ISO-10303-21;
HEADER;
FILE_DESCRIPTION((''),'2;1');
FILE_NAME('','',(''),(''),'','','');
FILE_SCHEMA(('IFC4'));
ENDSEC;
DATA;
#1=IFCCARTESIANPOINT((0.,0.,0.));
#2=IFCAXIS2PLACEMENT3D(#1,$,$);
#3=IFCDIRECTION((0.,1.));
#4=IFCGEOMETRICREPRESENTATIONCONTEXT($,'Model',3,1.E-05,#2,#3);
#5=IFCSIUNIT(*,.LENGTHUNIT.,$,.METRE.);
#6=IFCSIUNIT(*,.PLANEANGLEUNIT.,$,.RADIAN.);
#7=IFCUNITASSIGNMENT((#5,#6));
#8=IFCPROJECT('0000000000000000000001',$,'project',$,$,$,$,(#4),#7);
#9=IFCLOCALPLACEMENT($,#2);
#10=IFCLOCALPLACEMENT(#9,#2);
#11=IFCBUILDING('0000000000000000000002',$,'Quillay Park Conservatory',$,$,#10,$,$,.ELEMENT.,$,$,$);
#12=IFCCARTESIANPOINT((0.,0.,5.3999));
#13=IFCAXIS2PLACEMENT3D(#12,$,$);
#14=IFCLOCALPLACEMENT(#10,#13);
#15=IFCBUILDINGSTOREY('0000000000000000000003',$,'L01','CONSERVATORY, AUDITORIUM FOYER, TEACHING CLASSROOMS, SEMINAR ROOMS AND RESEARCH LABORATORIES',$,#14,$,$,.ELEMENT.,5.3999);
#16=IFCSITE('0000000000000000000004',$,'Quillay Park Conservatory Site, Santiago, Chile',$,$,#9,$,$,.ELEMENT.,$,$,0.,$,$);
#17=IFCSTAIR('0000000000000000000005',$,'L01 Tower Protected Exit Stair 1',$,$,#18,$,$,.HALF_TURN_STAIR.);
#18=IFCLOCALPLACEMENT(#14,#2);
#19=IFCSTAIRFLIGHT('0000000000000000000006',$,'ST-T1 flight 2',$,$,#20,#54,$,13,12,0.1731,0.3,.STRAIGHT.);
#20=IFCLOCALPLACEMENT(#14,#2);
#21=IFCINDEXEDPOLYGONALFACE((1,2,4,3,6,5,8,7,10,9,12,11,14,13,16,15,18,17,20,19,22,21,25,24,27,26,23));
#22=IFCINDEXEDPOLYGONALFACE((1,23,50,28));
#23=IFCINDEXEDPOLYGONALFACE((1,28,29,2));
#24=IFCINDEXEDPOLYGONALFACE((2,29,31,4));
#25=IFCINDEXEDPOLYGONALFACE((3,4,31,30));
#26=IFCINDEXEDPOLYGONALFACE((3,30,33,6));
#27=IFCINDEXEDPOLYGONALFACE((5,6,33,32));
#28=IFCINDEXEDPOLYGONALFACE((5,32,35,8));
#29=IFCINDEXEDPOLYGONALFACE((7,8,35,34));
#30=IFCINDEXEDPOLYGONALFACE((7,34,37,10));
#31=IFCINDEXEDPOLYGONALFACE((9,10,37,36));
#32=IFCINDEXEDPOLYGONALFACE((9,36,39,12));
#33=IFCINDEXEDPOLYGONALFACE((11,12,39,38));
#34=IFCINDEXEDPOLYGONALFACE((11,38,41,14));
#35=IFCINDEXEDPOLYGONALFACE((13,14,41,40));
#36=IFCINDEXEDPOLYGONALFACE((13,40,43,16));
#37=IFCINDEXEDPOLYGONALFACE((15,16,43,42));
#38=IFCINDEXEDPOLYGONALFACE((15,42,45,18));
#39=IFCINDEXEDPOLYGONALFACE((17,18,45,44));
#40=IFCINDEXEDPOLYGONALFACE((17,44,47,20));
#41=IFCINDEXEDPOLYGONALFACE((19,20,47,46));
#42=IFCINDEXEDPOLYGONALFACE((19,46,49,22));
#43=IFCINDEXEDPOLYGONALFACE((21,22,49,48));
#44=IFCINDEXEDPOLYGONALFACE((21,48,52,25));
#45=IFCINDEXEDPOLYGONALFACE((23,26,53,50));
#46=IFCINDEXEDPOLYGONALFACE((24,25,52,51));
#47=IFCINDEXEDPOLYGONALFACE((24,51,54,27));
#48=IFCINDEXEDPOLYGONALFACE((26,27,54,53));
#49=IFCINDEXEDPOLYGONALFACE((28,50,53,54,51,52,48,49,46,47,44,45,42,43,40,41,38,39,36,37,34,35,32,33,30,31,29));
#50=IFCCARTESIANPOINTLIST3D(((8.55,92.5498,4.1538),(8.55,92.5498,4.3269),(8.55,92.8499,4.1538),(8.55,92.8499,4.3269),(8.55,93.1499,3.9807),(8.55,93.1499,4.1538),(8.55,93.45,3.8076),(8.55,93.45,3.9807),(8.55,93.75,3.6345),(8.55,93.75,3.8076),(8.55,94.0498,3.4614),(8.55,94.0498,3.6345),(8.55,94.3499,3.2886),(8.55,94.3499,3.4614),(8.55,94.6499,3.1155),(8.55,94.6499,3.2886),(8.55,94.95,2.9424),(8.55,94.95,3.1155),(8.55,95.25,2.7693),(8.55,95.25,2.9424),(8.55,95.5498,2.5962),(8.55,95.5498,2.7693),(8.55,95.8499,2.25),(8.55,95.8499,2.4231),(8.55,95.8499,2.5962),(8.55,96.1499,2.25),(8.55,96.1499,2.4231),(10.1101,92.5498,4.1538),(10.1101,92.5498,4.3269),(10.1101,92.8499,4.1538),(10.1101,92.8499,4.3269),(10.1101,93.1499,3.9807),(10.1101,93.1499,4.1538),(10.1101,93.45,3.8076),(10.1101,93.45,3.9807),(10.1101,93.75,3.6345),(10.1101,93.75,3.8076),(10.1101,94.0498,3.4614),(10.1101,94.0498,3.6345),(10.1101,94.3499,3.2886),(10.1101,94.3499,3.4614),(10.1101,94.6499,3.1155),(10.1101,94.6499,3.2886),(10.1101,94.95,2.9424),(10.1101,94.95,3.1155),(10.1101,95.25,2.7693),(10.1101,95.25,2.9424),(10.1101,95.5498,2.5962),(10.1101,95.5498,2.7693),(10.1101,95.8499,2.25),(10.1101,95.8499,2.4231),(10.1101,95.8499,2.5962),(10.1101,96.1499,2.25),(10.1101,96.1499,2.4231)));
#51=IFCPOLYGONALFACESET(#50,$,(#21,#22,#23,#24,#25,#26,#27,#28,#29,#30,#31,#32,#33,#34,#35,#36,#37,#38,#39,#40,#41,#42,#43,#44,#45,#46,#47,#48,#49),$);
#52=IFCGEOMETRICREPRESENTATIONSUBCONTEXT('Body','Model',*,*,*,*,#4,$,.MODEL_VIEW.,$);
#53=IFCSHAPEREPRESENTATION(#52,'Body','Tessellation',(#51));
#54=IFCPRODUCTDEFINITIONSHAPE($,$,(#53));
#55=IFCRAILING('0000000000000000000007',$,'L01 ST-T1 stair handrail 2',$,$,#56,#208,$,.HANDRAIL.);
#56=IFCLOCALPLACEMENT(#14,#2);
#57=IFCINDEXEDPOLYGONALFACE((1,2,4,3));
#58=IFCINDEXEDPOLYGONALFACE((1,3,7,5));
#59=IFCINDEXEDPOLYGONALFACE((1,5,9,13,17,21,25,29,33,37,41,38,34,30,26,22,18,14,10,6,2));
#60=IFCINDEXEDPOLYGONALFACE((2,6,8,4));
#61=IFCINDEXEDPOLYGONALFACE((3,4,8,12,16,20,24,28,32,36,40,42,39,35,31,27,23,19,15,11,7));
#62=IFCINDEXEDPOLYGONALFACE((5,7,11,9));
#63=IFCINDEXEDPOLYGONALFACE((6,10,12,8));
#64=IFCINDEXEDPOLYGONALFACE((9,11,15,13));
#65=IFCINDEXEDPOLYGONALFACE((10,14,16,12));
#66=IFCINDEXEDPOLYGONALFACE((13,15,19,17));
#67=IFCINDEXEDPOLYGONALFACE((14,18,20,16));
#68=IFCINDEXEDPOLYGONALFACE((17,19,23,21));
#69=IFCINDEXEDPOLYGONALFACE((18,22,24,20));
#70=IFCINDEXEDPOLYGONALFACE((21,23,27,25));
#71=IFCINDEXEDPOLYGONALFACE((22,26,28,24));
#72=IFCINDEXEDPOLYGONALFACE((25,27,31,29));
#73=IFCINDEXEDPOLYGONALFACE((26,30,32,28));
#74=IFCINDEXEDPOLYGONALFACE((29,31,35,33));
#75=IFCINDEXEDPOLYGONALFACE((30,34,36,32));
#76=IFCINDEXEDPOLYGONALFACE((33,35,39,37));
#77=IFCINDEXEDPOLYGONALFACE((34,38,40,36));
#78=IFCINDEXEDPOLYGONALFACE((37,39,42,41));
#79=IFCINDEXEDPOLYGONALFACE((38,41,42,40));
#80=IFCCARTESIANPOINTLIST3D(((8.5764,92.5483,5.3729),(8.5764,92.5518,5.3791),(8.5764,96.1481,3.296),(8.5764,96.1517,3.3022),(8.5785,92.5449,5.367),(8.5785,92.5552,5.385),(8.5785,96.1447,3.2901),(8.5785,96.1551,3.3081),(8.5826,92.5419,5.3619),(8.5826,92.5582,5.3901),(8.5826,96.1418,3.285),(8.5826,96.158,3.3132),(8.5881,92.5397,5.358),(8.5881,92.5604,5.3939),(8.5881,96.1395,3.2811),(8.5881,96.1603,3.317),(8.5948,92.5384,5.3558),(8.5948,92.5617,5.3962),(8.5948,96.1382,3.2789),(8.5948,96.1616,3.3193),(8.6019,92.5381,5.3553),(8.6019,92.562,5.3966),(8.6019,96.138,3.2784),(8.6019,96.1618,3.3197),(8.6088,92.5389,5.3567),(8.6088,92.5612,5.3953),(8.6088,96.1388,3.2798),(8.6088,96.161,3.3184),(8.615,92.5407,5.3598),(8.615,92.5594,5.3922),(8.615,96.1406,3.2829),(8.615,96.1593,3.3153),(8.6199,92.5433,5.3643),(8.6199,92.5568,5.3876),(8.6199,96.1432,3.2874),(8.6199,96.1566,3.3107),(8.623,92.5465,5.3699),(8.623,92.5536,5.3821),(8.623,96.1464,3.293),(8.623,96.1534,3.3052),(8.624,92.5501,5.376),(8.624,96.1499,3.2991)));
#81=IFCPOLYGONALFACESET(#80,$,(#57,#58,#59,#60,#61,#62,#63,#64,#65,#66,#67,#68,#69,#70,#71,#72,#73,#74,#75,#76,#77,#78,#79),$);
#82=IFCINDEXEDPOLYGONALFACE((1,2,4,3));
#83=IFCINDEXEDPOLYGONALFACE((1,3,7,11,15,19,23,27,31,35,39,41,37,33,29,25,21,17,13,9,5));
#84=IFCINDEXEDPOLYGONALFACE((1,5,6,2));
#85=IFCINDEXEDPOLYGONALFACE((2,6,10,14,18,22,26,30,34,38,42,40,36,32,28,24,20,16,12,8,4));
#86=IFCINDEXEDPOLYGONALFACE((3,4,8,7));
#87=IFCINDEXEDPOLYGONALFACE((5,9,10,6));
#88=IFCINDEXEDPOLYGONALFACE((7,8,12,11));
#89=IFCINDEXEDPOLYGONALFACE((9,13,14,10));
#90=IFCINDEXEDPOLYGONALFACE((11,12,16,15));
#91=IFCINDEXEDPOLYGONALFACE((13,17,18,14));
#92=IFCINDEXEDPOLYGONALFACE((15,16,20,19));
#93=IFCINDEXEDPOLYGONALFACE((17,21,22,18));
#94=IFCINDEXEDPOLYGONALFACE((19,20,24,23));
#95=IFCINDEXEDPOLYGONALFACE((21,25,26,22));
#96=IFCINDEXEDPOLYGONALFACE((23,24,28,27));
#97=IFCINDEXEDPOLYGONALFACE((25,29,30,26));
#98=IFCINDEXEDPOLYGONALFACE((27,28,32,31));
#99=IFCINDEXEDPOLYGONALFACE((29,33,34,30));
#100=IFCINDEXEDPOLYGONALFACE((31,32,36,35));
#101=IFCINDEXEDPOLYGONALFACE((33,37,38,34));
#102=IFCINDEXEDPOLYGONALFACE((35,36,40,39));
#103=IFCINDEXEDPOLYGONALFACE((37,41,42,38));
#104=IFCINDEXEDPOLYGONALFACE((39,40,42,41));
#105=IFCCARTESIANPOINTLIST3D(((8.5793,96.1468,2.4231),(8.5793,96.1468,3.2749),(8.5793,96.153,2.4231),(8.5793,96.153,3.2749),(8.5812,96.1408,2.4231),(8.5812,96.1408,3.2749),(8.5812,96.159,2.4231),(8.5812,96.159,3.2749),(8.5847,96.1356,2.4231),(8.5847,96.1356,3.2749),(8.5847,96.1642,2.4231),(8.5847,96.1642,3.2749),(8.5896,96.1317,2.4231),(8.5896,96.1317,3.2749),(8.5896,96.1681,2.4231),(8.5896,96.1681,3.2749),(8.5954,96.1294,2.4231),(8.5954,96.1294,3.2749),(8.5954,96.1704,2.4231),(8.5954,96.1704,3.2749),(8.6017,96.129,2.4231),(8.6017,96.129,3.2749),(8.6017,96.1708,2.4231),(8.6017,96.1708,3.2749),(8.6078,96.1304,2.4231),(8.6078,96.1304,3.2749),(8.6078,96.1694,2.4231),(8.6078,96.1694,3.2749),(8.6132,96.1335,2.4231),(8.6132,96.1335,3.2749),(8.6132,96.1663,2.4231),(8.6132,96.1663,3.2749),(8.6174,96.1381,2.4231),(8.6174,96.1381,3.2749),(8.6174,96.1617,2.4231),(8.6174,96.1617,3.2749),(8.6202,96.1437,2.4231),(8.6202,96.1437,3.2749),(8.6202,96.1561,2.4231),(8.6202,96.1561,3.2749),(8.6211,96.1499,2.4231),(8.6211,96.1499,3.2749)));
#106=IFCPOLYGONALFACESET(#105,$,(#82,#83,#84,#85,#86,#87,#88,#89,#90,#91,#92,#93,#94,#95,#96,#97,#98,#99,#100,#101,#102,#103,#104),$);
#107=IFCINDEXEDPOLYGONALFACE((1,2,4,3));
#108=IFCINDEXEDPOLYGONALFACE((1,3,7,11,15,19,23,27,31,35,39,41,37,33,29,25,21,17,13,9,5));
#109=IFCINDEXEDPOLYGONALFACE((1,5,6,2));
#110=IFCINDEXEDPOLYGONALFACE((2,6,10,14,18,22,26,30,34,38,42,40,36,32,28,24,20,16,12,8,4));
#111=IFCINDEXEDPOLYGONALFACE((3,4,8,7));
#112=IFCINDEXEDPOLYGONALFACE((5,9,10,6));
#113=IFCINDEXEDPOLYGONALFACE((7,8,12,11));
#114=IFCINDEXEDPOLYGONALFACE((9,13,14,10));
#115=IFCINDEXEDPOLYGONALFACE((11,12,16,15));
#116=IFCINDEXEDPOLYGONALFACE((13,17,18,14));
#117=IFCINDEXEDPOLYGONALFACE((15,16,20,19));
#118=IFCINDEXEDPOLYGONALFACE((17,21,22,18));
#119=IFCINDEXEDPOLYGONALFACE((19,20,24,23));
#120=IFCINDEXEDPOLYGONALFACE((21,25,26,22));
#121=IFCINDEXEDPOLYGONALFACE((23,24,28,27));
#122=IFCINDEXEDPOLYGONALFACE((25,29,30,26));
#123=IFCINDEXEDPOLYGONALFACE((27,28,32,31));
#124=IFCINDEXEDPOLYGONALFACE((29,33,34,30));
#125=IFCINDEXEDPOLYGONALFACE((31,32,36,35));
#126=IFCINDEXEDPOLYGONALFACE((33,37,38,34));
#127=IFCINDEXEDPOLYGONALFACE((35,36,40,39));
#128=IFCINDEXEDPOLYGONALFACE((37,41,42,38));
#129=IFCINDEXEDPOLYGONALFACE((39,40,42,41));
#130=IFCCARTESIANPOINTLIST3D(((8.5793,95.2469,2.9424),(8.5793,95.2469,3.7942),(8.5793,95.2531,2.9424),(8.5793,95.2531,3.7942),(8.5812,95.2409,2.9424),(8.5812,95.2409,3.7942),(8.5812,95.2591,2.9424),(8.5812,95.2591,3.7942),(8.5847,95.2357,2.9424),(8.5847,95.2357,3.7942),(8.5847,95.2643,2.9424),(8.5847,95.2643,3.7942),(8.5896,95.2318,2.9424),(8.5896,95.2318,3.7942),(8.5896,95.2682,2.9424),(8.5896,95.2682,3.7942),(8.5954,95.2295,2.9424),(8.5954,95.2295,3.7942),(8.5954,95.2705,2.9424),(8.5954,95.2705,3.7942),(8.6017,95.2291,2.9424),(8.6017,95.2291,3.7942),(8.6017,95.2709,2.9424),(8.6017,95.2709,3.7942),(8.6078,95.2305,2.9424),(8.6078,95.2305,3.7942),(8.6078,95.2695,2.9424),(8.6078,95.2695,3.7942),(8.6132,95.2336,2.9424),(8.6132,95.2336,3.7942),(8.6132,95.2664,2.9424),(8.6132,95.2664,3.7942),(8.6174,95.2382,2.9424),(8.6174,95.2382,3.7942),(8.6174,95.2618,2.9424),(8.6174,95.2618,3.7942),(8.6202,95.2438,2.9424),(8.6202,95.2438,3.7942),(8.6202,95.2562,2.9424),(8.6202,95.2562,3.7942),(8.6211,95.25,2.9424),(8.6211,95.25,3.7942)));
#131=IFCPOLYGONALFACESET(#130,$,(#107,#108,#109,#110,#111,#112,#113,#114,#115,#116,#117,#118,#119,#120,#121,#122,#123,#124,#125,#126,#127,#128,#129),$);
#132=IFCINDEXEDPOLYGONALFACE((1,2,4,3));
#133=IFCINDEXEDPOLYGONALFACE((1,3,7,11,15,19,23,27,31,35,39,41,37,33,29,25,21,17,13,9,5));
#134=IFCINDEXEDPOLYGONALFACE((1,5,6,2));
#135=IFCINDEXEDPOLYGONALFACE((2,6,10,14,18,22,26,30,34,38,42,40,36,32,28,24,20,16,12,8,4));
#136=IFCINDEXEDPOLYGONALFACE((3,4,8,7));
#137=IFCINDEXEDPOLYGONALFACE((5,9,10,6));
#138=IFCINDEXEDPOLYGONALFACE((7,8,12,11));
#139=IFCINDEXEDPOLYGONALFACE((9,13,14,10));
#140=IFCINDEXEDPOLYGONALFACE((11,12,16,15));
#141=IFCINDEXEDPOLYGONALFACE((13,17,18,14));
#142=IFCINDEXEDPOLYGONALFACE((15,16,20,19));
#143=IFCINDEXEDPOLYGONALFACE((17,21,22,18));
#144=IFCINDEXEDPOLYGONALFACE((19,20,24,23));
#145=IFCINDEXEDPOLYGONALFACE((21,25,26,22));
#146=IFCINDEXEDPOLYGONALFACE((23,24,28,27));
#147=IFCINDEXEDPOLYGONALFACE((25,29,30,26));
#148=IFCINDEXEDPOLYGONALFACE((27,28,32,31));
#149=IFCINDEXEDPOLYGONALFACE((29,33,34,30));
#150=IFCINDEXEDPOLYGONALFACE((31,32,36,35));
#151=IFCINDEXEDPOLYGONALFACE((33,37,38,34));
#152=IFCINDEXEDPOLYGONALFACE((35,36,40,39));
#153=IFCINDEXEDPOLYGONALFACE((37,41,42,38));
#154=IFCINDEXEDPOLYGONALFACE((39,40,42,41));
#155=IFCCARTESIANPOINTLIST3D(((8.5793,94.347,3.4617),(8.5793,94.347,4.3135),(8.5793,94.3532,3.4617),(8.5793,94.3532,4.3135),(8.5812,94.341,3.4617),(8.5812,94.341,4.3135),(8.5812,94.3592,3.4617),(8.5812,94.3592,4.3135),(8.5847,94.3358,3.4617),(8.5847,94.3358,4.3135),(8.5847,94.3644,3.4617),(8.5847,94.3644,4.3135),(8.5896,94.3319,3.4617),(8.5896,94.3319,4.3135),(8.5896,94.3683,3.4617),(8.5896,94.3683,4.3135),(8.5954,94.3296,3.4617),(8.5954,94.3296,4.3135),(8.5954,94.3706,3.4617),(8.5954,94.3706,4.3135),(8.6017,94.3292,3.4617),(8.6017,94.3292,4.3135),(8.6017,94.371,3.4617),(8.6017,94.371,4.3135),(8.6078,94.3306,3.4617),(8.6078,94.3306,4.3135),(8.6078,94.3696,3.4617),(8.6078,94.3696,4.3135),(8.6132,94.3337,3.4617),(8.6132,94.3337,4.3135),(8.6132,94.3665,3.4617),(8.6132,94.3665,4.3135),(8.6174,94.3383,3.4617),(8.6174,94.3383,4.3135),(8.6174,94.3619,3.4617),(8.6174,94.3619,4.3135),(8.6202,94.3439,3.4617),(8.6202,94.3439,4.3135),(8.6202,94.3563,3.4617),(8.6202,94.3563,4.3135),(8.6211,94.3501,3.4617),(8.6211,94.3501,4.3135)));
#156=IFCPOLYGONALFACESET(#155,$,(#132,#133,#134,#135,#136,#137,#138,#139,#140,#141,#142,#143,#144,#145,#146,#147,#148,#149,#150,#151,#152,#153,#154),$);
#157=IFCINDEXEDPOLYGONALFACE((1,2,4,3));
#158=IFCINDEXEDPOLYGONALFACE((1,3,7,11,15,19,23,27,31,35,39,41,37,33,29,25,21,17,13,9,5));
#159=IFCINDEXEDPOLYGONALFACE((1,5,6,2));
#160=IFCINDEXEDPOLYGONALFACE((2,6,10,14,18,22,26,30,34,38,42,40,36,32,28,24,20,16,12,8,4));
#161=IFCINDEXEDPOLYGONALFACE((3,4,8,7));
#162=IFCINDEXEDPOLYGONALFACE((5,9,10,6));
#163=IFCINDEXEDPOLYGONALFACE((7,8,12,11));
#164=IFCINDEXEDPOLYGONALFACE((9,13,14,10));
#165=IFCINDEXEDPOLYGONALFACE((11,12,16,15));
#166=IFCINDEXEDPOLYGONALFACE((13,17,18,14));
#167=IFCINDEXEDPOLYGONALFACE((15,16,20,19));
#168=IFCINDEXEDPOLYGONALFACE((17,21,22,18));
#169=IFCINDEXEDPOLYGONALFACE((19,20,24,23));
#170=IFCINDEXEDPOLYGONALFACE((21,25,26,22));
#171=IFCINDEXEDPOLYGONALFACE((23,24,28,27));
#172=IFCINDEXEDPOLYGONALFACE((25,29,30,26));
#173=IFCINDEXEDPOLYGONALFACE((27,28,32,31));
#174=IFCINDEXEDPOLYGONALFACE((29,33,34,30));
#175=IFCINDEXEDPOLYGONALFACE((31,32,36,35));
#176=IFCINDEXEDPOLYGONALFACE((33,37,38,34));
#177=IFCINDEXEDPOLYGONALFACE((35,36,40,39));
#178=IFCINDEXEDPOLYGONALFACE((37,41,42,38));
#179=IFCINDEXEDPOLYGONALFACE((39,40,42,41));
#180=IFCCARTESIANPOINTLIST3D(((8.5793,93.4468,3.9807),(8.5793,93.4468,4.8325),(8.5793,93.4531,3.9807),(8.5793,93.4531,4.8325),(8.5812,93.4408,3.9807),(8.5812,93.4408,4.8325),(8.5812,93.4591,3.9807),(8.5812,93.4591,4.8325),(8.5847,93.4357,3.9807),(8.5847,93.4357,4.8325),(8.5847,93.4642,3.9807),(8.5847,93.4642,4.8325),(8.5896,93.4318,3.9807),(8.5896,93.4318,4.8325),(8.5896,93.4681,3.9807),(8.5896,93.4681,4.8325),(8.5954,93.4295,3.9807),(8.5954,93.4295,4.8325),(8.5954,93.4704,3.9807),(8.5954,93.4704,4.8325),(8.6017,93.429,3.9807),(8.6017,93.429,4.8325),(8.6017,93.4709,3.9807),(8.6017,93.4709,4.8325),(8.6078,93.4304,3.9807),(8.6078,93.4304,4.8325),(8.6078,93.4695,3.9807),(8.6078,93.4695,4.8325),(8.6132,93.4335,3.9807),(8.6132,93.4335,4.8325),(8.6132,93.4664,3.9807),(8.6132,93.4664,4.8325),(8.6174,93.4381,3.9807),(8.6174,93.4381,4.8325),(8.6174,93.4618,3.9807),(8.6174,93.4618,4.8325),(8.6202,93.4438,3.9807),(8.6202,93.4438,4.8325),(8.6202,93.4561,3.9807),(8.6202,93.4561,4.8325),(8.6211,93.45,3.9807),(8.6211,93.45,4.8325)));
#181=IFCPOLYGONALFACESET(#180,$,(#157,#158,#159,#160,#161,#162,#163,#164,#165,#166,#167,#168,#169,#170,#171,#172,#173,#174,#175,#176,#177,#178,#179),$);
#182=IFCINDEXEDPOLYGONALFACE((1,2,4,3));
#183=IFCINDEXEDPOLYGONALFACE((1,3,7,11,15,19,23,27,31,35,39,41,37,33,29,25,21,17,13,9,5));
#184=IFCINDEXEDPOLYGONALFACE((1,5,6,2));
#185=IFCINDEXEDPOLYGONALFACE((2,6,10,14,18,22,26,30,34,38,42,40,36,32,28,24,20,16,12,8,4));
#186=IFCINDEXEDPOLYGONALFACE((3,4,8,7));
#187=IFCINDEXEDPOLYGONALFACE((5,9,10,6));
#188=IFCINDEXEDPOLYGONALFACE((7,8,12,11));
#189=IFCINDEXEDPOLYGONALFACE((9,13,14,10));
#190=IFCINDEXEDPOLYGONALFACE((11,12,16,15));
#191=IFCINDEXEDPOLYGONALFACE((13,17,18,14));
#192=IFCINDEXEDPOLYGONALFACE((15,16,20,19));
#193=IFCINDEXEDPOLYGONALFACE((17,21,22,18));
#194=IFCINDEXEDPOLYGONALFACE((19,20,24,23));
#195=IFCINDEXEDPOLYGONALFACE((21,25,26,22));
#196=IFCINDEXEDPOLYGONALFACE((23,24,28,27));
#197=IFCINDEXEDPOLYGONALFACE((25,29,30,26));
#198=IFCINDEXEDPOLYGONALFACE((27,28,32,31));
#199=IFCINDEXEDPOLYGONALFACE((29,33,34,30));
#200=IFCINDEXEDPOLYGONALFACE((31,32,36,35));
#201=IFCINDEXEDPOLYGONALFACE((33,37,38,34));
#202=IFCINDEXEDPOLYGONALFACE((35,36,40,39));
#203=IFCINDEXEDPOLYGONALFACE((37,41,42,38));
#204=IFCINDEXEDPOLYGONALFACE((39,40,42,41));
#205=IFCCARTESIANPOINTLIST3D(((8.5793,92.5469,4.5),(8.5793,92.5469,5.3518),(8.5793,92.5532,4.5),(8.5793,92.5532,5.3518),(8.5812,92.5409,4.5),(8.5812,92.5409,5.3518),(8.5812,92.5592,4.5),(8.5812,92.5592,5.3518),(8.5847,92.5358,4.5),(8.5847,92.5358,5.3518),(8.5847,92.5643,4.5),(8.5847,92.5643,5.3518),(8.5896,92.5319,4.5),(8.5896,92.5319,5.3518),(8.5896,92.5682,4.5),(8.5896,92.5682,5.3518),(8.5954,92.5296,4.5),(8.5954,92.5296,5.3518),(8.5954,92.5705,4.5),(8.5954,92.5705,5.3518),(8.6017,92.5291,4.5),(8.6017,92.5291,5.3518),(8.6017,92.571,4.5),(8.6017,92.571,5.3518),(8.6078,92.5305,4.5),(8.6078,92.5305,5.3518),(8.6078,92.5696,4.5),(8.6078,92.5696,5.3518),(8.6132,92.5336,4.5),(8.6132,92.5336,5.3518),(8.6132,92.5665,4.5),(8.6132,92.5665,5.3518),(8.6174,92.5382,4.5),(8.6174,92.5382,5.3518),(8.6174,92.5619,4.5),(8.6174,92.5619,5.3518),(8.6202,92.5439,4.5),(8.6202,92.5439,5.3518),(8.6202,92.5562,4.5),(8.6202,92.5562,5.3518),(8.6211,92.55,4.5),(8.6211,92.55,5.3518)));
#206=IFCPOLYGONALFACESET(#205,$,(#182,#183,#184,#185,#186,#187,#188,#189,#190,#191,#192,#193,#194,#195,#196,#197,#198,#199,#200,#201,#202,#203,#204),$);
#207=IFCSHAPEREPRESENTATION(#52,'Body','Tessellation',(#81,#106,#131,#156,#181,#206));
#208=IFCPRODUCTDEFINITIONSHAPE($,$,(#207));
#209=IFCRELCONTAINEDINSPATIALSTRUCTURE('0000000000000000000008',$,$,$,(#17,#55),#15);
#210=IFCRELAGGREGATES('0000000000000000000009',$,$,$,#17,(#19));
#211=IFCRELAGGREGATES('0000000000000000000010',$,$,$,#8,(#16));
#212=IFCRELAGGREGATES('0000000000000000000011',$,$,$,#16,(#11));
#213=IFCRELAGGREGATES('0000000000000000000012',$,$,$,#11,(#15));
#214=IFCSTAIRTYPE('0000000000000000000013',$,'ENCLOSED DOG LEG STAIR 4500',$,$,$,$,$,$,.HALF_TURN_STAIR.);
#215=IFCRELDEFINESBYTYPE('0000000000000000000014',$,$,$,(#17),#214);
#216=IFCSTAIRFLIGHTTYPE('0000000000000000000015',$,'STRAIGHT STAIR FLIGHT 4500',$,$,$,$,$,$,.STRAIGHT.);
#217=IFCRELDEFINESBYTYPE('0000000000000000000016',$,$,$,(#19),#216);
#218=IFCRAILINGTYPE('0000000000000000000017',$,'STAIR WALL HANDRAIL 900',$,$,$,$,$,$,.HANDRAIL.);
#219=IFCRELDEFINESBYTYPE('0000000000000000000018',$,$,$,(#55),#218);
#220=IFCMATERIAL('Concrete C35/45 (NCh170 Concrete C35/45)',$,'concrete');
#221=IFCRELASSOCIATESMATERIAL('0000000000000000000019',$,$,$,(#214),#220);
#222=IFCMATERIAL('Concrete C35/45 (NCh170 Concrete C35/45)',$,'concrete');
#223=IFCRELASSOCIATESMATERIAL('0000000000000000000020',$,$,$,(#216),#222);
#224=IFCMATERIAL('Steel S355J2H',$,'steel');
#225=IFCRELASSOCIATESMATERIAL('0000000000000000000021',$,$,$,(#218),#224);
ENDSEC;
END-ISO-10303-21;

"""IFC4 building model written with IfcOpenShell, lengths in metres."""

from ifc_helpers import new_model, si_unit, direction, frame, origin, origin_2d, place, context, subcontext, project, spatial, polyline, circle, outline, extrude, material, type_object, element, aggregate, save


model = new_model("IFC4")

# Units and contexts
model_context = context("Model", 3, precision=1e-05, world=origin(), true_north=direction((0.0, 1.0)))
body_context = subcontext(model_context, "Body", "Model", "MODEL_VIEW")
ifc_project = project(units=[si_unit("LENGTHUNIT", "METRE"), si_unit("PLANEANGLEUNIT", "RADIAN")], contexts=[model_context])

# Site, building, storey
site_placement = place(None, origin())
site = spatial("IfcSite", under=ifc_project, at=site_placement, Name="Quillay Park Conservatory Site, Santiago, Chile", CompositionType="ELEMENT", RefElevation=0.0)
building_placement = place(site_placement, origin())
building = spatial("IfcBuilding", under=site, at=building_placement, Name="Quillay Park Conservatory", CompositionType="ELEMENT")
storey_placement = place(building_placement, frame((0.0, 0.0, 5.3999)))
storey = spatial("IfcBuildingStorey", under=building, at=storey_placement, Name="L01", Description="CONSERVATORY, AUDITORIUM FOYER, TEACHING CLASSROOMS, SEMINAR ROOMS AND RESEARCH LABORATORIES", CompositionType="ELEMENT", Elevation=5.3999)

# Stair, stair flight
ifc_material_1 = material(Name="Concrete C35/45 (NCh170 Concrete C35/45)", Category="concrete")
stair_type = type_object("IfcStairType", Name="ENCLOSED DOG LEG STAIR 4500", PredefinedType="HALF_TURN_STAIR", material=ifc_material_1)
stair_placement = place(storey_placement, origin())
stair = element("IfcStair", 1, at=stair_placement, inside=storey, type_object=stair_type, Name="L01 Tower Protected Exit Stair 1", PredefinedType="HALF_TURN_STAIR")
ifc_material_2 = material(Name="Concrete C35/45 (NCh170 Concrete C35/45)", Category="concrete")
stair_flight_type = type_object("IfcStairFlightType", Name="STRAIGHT STAIR FLIGHT 4500", PredefinedType="STRAIGHT", material=ifc_material_2)
stair_flight_placement = place(storey_placement, frame((9.3301, 96.1499, 2.25), z_axis=(0.0, 0.0, 1.0), x_axis=(0.0, -1.0, 0.0)))
stair_flight = element("IfcStairFlight", 2, at=stair_flight_placement, type_object=stair_flight_type, Name="ST-T1 flight 2", NumberOfRisers=13, NumberOfTreads=12, PredefinedType="STRAIGHT", RiserHeight=0.1731, TreadLength=0.3, context=body_context, shape_type="SweptSolid", body=[
    extrude(outline(polyline([(0.0, 0.0), (0.0, 0.1731), (0.3, 0.1731), (0.3, 0.3462), (0.6001, 0.3462), (0.6001, 0.5193), (0.8999, 0.5193), (0.8999, 0.6924), (1.2, 0.6924), (1.2, 0.8655), (1.5, 0.8655), (1.5, 1.0386), (1.8, 1.0386), (1.8, 1.2114), (2.1001, 1.2114), (2.1001, 1.3845), (2.3999, 1.3845), (2.3999, 1.5576), (2.7, 1.5576), (2.7, 1.7307), (3.0, 1.7307), (3.0, 1.9038), (3.3, 1.9038), (3.3, 2.0769), (3.6001, 2.0769), (3.6001, 2.25), (3.6001, 1.9038), (0.3, 0.0), (0.0, 0.0)])), frame((0.0, 0.78, 0.0), z_axis=(0.0, -1.0, 0.0), x_axis=(1.0, 0.0, 0.0)), (0.0, 0.0, 1.0), 1.5601),
])
aggregate(stair, [stair_flight])

# Railing
ifc_material_3 = material(Name="Steel S355J2H", Category="steel")
railing_type_1 = type_object("IfcRailingType", Name="STAIR WALL HANDRAIL 900", PredefinedType="HANDRAIL", material=ifc_material_3)
railing_1_placement = place(storey_placement, frame((8.6001, 96.1499, 2.4231)))
element("IfcRailing", 3, at=railing_1_placement, inside=storey, type_object=railing_type_1, Name="L01 ST-T1 stair handrail 2", PredefinedType="HANDRAIL", context=body_context, shape_type="SweptSolid", body=[
    extrude(circle(Radius=0.0239, at=origin_2d()), frame((0.0, 0.0, 0.876), z_axis=(0.0, -0.866179, 0.499734), x_axis=(1.0, 0.0, 0.0)), (0.0, 0.0, 1.0), 4.156),
    extrude(circle(Radius=0.021, at=origin_2d()), origin(), (0.0, 0.0, 1.0), 0.8518),
    extrude(circle(Radius=0.021, at=origin_2d()), frame((0.0, -0.8999, 0.5193)), (0.0, 0.0, 1.0), 0.8518),
    extrude(circle(Radius=0.021, at=origin_2d()), frame((0.0, -1.7998, 1.0386)), (0.0, 0.0, 1.0), 0.8518),
    extrude(circle(Radius=0.021, at=origin_2d()), frame((0.0, -2.7, 1.5576)), (0.0, 0.0, 1.0), 0.8518),
    extrude(circle(Radius=0.021, at=origin_2d()), frame((0.0, -3.5999, 2.0769)), (0.0, 0.0, 1.0), 0.8518),
])

save(model, "model.ifc")
